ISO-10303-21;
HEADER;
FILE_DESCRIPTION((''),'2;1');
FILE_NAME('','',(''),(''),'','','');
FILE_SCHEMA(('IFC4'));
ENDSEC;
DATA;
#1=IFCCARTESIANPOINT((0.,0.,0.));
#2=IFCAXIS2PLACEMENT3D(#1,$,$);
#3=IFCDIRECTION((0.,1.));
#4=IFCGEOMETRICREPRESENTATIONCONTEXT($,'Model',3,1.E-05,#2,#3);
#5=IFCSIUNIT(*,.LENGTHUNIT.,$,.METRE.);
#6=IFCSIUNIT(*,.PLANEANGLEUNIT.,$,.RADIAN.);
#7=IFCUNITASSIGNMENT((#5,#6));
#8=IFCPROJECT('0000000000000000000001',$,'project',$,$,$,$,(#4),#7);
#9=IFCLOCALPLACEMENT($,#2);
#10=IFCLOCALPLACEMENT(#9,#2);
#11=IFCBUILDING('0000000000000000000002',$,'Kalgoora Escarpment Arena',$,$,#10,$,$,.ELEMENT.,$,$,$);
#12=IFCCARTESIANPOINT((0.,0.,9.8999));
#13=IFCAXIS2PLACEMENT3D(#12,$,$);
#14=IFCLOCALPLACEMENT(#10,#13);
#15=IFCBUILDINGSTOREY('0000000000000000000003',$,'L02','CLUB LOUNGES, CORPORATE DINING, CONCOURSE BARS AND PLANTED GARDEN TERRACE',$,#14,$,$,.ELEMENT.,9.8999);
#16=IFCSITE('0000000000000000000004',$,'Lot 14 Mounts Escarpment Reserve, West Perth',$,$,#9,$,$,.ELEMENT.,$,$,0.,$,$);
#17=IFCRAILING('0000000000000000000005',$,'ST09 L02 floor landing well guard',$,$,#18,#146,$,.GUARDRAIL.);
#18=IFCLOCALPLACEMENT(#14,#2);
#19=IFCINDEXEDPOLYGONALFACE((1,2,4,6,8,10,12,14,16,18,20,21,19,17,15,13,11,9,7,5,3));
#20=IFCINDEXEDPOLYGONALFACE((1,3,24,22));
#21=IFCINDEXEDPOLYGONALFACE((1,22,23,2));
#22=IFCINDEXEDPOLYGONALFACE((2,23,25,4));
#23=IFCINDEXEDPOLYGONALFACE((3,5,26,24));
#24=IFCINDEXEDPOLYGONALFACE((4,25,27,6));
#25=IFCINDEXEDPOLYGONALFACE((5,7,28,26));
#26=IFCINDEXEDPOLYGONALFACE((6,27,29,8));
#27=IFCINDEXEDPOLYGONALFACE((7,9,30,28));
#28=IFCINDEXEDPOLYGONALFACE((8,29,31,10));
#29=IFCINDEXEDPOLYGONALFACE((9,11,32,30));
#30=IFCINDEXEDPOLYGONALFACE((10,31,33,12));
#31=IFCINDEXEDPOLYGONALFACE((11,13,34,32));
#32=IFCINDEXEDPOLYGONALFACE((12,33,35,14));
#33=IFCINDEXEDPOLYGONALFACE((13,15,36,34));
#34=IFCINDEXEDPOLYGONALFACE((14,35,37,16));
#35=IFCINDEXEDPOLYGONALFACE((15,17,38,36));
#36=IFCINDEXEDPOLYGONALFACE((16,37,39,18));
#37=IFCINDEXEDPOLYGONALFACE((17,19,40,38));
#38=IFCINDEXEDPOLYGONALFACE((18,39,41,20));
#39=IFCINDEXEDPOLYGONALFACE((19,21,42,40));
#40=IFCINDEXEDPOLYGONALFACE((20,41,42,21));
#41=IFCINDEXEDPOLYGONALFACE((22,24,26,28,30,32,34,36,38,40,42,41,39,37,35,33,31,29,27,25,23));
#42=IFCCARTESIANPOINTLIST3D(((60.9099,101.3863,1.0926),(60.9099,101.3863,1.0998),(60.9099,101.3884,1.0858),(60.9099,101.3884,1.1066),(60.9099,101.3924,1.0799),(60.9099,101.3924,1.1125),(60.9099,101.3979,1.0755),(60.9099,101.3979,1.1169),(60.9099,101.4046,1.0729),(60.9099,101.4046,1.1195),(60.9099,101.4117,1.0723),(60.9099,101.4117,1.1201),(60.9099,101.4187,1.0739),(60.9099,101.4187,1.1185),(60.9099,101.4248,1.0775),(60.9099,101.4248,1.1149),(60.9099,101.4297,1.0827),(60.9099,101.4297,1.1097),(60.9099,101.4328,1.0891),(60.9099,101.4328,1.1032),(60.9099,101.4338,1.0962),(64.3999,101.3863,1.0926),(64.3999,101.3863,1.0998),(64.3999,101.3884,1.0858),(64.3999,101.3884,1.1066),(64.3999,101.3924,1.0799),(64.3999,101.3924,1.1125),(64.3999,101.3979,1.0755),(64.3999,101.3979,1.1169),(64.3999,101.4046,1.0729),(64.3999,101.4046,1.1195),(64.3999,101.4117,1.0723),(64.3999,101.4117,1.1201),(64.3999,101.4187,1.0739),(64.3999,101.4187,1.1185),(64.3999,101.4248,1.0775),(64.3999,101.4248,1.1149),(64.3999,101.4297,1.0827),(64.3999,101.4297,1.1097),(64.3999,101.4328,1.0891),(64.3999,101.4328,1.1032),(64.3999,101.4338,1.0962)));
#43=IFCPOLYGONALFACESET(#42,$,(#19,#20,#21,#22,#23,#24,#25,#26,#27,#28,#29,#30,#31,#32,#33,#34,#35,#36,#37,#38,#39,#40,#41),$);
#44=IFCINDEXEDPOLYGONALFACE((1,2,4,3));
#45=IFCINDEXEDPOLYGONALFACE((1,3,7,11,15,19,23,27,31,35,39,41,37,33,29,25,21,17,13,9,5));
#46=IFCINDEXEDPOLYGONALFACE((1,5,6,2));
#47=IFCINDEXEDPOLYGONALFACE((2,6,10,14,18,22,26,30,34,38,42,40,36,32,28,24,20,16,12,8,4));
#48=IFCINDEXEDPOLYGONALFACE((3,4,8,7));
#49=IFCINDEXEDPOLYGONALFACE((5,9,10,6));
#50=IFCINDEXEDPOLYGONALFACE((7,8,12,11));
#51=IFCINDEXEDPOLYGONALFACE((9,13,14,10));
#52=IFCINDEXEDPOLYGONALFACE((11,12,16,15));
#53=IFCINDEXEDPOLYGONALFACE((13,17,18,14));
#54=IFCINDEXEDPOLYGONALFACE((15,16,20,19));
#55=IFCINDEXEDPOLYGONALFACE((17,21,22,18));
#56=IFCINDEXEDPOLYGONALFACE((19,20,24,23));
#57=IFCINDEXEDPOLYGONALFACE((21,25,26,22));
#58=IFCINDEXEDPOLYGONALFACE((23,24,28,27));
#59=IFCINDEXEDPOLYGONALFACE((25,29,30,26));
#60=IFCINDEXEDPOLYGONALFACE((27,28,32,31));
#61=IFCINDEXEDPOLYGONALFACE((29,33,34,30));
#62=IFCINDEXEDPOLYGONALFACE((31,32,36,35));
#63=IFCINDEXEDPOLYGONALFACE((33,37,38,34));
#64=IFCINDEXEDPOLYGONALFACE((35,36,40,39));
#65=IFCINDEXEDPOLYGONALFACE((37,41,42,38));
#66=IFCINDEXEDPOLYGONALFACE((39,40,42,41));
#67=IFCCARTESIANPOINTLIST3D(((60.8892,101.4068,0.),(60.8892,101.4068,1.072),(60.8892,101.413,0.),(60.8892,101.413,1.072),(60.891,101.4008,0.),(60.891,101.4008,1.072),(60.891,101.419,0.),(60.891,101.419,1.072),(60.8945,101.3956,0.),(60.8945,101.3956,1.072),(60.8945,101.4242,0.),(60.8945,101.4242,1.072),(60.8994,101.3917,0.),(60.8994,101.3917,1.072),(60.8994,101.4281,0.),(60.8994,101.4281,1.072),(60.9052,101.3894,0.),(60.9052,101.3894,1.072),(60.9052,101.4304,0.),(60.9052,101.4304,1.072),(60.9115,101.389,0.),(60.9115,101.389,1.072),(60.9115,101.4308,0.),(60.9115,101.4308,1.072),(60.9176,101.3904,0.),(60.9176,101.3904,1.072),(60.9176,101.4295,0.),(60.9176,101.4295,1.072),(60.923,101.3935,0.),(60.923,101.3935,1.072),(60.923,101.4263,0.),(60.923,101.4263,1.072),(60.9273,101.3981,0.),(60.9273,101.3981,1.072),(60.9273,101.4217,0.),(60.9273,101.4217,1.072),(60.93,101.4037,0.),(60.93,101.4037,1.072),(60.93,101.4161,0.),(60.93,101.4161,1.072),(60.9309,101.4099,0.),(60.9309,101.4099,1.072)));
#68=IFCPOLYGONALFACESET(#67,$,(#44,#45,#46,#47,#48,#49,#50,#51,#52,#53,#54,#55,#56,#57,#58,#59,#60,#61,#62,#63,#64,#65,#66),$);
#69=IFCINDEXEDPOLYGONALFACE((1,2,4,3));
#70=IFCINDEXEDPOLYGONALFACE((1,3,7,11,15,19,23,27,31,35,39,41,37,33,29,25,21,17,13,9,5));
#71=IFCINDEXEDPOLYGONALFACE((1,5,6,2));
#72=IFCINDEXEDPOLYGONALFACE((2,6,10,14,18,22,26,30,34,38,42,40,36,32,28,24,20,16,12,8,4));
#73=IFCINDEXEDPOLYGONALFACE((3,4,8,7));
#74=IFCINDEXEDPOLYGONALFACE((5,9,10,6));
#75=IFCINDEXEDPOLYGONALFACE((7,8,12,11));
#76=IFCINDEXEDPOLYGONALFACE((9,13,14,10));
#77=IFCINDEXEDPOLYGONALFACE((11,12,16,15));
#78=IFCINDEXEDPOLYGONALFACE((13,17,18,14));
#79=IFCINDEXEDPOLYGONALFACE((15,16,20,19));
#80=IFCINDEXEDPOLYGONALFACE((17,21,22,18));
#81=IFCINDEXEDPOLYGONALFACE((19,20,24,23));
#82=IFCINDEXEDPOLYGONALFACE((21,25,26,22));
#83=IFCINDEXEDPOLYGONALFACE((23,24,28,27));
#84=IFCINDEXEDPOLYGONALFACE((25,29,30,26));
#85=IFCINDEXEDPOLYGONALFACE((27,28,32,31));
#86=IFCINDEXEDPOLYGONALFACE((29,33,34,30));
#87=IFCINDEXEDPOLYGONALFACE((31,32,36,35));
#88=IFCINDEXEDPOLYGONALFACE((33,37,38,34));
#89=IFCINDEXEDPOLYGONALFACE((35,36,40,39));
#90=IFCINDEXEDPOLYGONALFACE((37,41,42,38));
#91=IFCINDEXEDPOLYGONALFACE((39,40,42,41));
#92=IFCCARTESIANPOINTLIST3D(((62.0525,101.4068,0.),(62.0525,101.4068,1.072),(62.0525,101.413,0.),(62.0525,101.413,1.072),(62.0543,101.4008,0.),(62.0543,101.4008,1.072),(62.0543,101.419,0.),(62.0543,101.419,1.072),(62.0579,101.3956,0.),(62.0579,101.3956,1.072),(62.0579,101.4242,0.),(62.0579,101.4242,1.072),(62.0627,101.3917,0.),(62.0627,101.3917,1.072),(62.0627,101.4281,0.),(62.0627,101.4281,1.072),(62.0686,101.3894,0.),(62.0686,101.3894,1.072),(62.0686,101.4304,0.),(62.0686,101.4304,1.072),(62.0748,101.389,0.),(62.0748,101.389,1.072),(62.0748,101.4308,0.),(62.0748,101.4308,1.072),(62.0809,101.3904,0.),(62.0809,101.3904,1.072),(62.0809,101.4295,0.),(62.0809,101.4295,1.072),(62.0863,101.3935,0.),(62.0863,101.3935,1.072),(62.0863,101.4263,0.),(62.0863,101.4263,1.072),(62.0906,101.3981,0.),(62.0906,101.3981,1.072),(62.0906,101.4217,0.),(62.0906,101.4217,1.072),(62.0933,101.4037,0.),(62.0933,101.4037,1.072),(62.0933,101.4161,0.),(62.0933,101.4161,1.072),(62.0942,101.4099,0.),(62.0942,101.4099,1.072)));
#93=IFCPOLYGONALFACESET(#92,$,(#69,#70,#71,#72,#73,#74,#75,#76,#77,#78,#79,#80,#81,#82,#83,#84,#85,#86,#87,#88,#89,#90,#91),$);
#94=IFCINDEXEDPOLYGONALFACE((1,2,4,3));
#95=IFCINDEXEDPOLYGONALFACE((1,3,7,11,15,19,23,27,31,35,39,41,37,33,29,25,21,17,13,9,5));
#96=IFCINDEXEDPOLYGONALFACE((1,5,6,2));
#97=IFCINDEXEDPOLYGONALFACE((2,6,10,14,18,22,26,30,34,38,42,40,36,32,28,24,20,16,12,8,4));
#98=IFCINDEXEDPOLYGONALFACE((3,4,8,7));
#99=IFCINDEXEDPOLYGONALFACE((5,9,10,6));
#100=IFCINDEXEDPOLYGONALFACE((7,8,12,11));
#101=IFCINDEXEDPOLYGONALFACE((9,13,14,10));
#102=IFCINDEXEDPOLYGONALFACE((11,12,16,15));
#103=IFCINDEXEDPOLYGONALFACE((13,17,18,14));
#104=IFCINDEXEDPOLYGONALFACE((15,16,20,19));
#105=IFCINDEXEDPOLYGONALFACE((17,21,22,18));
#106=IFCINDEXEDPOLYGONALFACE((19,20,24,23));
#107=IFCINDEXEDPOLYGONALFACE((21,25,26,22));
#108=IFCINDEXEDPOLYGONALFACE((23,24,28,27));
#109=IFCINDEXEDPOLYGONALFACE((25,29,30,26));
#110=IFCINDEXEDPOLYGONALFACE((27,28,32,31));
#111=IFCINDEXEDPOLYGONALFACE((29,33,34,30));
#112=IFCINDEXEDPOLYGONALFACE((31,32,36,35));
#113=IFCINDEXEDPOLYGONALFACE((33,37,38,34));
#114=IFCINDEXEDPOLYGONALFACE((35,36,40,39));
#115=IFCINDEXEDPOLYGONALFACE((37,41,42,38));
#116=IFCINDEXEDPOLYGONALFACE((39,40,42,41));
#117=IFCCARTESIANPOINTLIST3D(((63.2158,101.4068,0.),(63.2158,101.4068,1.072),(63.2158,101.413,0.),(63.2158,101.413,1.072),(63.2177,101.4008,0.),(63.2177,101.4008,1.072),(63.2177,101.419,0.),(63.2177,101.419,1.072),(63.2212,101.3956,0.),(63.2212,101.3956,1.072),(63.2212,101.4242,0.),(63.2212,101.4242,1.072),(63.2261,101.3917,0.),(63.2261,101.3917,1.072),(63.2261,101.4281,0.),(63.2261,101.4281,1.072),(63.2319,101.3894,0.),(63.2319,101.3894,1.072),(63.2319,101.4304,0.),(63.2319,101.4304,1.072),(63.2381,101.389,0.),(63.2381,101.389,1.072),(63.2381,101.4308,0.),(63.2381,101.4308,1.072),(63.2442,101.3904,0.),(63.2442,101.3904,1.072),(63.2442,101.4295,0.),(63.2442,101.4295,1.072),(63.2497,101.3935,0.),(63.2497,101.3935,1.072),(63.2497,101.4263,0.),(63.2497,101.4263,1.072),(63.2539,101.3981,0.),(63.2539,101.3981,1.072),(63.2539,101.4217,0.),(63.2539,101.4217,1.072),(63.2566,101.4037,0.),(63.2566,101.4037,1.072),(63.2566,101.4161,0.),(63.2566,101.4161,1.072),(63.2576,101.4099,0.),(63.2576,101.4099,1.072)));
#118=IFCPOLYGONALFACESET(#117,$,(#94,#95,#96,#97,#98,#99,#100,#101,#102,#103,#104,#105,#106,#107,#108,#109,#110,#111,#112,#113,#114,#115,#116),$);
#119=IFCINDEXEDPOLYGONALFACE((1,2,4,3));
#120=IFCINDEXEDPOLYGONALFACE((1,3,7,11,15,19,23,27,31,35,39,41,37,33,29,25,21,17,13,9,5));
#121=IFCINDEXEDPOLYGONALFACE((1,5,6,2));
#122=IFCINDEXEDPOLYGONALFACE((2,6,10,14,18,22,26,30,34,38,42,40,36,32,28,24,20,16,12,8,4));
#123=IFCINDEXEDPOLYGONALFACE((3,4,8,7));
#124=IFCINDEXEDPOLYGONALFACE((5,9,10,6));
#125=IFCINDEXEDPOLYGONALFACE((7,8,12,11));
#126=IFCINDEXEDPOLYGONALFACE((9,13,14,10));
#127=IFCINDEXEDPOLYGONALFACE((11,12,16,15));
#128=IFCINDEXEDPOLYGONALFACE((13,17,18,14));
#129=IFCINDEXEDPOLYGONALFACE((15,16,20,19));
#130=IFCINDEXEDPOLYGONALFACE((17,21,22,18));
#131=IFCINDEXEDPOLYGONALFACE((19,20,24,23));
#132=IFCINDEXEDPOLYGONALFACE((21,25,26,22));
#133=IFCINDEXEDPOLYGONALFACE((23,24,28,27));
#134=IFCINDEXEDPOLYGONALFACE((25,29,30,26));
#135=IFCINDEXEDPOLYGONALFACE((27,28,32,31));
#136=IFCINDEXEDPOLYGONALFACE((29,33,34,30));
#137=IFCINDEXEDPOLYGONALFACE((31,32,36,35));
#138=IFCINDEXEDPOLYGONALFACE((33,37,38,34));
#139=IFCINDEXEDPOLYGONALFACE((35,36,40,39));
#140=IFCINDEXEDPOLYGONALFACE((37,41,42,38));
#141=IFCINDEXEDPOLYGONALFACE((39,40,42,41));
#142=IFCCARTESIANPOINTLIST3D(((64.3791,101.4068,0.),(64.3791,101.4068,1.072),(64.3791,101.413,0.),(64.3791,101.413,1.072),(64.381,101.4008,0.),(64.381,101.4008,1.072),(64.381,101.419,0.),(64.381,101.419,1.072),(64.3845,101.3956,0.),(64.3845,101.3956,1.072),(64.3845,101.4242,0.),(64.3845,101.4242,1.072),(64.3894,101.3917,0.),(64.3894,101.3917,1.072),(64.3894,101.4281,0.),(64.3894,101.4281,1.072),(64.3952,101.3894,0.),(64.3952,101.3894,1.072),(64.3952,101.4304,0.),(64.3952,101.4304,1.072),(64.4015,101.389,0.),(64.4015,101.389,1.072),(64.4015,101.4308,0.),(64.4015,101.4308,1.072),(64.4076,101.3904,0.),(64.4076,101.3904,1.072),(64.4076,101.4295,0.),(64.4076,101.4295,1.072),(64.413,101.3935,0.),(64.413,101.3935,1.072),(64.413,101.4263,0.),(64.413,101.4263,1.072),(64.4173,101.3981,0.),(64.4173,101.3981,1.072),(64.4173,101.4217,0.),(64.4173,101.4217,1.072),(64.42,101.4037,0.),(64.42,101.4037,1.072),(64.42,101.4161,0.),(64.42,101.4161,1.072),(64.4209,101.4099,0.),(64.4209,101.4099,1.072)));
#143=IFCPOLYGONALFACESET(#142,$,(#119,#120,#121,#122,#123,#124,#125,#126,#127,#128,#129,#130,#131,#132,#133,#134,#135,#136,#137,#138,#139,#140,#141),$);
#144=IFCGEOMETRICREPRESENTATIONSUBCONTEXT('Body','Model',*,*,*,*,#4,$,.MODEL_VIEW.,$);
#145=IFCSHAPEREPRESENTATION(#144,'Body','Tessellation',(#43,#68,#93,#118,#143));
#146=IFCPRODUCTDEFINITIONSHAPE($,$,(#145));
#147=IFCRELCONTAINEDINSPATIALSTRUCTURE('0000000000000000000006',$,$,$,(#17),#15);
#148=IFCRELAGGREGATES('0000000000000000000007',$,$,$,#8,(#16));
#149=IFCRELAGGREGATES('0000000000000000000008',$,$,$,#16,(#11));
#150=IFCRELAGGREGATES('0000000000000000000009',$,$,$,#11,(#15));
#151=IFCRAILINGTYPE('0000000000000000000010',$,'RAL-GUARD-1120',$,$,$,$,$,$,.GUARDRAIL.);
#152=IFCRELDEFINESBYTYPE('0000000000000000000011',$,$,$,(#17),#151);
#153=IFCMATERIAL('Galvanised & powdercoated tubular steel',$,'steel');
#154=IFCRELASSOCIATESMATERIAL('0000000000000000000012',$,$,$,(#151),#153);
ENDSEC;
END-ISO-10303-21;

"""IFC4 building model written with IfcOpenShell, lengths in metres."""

from ifc_helpers import new_model, si_unit, direction, frame, origin, origin_2d, place, context, subcontext, project, spatial, circle, extrude, material, type_object, element, save


model = new_model("IFC4")

# Units and contexts
model_context = context("Model", 3, precision=1e-05, world=origin(), true_north=direction((0.0, 1.0)))
body_context = subcontext(model_context, "Body", "Model", "MODEL_VIEW")
ifc_project = project(units=[si_unit("LENGTHUNIT", "METRE"), si_unit("PLANEANGLEUNIT", "RADIAN")], contexts=[model_context])

# Site, building, storey
site_placement = place(None, origin())
site = spatial("IfcSite", under=ifc_project, at=site_placement, Name="Lot 14 Mounts Escarpment Reserve, West Perth", CompositionType="ELEMENT", RefElevation=0.0)
building_placement = place(site_placement, origin())
building = spatial("IfcBuilding", under=site, at=building_placement, Name="Kalgoora Escarpment Arena", CompositionType="ELEMENT")
storey_placement = place(building_placement, frame((0.0, 0.0, 9.8999)))
storey = spatial("IfcBuildingStorey", under=building, at=storey_placement, Name="L02", Description="CLUB LOUNGES, CORPORATE DINING, CONCOURSE BARS AND PLANTED GARDEN TERRACE", CompositionType="ELEMENT", Elevation=9.8999)

# Railing
ifc_material_1 = material(Name="Galvanised & powdercoated tubular steel", Category="steel")
railing_type_1 = type_object("IfcRailingType", Name="RAL-GUARD-1120", PredefinedType="GUARDRAIL", material=ifc_material_1)
railing_1_placement = place(storey_placement, frame((60.9099, 101.4099, 0.0)))
element("IfcRailing", 1, at=railing_1_placement, inside=storey, type_object=railing_type_1, Name="ST09 L02 floor landing well guard", PredefinedType="GUARDRAIL", context=body_context, shape_type="SweptSolid", body=[
    extrude(circle(Radius=0.0239, at=origin_2d()), frame((0.0, 0.0, 1.0962), z_axis=(1.0, 0.0, 0.0), x_axis=(0.0, 1.0, 0.0)), (0.0, 0.0, 1.0), 3.49),
    extrude(circle(Radius=0.021, at=origin_2d()), origin(), (0.0, 0.0, 1.0), 1.072),
    extrude(circle(Radius=0.021, at=origin_2d()), frame((1.1633, 0.0, 0.0)), (0.0, 0.0, 1.0), 1.072),
    extrude(circle(Radius=0.021, at=origin_2d()), frame((2.3267, 0.0, 0.0)), (0.0, 0.0, 1.0), 1.072),
    extrude(circle(Radius=0.021, at=origin_2d()), frame((3.49, 0.0, 0.0)), (0.0, 0.0, 1.0), 1.072),
])

save(model, "model.ifc")
